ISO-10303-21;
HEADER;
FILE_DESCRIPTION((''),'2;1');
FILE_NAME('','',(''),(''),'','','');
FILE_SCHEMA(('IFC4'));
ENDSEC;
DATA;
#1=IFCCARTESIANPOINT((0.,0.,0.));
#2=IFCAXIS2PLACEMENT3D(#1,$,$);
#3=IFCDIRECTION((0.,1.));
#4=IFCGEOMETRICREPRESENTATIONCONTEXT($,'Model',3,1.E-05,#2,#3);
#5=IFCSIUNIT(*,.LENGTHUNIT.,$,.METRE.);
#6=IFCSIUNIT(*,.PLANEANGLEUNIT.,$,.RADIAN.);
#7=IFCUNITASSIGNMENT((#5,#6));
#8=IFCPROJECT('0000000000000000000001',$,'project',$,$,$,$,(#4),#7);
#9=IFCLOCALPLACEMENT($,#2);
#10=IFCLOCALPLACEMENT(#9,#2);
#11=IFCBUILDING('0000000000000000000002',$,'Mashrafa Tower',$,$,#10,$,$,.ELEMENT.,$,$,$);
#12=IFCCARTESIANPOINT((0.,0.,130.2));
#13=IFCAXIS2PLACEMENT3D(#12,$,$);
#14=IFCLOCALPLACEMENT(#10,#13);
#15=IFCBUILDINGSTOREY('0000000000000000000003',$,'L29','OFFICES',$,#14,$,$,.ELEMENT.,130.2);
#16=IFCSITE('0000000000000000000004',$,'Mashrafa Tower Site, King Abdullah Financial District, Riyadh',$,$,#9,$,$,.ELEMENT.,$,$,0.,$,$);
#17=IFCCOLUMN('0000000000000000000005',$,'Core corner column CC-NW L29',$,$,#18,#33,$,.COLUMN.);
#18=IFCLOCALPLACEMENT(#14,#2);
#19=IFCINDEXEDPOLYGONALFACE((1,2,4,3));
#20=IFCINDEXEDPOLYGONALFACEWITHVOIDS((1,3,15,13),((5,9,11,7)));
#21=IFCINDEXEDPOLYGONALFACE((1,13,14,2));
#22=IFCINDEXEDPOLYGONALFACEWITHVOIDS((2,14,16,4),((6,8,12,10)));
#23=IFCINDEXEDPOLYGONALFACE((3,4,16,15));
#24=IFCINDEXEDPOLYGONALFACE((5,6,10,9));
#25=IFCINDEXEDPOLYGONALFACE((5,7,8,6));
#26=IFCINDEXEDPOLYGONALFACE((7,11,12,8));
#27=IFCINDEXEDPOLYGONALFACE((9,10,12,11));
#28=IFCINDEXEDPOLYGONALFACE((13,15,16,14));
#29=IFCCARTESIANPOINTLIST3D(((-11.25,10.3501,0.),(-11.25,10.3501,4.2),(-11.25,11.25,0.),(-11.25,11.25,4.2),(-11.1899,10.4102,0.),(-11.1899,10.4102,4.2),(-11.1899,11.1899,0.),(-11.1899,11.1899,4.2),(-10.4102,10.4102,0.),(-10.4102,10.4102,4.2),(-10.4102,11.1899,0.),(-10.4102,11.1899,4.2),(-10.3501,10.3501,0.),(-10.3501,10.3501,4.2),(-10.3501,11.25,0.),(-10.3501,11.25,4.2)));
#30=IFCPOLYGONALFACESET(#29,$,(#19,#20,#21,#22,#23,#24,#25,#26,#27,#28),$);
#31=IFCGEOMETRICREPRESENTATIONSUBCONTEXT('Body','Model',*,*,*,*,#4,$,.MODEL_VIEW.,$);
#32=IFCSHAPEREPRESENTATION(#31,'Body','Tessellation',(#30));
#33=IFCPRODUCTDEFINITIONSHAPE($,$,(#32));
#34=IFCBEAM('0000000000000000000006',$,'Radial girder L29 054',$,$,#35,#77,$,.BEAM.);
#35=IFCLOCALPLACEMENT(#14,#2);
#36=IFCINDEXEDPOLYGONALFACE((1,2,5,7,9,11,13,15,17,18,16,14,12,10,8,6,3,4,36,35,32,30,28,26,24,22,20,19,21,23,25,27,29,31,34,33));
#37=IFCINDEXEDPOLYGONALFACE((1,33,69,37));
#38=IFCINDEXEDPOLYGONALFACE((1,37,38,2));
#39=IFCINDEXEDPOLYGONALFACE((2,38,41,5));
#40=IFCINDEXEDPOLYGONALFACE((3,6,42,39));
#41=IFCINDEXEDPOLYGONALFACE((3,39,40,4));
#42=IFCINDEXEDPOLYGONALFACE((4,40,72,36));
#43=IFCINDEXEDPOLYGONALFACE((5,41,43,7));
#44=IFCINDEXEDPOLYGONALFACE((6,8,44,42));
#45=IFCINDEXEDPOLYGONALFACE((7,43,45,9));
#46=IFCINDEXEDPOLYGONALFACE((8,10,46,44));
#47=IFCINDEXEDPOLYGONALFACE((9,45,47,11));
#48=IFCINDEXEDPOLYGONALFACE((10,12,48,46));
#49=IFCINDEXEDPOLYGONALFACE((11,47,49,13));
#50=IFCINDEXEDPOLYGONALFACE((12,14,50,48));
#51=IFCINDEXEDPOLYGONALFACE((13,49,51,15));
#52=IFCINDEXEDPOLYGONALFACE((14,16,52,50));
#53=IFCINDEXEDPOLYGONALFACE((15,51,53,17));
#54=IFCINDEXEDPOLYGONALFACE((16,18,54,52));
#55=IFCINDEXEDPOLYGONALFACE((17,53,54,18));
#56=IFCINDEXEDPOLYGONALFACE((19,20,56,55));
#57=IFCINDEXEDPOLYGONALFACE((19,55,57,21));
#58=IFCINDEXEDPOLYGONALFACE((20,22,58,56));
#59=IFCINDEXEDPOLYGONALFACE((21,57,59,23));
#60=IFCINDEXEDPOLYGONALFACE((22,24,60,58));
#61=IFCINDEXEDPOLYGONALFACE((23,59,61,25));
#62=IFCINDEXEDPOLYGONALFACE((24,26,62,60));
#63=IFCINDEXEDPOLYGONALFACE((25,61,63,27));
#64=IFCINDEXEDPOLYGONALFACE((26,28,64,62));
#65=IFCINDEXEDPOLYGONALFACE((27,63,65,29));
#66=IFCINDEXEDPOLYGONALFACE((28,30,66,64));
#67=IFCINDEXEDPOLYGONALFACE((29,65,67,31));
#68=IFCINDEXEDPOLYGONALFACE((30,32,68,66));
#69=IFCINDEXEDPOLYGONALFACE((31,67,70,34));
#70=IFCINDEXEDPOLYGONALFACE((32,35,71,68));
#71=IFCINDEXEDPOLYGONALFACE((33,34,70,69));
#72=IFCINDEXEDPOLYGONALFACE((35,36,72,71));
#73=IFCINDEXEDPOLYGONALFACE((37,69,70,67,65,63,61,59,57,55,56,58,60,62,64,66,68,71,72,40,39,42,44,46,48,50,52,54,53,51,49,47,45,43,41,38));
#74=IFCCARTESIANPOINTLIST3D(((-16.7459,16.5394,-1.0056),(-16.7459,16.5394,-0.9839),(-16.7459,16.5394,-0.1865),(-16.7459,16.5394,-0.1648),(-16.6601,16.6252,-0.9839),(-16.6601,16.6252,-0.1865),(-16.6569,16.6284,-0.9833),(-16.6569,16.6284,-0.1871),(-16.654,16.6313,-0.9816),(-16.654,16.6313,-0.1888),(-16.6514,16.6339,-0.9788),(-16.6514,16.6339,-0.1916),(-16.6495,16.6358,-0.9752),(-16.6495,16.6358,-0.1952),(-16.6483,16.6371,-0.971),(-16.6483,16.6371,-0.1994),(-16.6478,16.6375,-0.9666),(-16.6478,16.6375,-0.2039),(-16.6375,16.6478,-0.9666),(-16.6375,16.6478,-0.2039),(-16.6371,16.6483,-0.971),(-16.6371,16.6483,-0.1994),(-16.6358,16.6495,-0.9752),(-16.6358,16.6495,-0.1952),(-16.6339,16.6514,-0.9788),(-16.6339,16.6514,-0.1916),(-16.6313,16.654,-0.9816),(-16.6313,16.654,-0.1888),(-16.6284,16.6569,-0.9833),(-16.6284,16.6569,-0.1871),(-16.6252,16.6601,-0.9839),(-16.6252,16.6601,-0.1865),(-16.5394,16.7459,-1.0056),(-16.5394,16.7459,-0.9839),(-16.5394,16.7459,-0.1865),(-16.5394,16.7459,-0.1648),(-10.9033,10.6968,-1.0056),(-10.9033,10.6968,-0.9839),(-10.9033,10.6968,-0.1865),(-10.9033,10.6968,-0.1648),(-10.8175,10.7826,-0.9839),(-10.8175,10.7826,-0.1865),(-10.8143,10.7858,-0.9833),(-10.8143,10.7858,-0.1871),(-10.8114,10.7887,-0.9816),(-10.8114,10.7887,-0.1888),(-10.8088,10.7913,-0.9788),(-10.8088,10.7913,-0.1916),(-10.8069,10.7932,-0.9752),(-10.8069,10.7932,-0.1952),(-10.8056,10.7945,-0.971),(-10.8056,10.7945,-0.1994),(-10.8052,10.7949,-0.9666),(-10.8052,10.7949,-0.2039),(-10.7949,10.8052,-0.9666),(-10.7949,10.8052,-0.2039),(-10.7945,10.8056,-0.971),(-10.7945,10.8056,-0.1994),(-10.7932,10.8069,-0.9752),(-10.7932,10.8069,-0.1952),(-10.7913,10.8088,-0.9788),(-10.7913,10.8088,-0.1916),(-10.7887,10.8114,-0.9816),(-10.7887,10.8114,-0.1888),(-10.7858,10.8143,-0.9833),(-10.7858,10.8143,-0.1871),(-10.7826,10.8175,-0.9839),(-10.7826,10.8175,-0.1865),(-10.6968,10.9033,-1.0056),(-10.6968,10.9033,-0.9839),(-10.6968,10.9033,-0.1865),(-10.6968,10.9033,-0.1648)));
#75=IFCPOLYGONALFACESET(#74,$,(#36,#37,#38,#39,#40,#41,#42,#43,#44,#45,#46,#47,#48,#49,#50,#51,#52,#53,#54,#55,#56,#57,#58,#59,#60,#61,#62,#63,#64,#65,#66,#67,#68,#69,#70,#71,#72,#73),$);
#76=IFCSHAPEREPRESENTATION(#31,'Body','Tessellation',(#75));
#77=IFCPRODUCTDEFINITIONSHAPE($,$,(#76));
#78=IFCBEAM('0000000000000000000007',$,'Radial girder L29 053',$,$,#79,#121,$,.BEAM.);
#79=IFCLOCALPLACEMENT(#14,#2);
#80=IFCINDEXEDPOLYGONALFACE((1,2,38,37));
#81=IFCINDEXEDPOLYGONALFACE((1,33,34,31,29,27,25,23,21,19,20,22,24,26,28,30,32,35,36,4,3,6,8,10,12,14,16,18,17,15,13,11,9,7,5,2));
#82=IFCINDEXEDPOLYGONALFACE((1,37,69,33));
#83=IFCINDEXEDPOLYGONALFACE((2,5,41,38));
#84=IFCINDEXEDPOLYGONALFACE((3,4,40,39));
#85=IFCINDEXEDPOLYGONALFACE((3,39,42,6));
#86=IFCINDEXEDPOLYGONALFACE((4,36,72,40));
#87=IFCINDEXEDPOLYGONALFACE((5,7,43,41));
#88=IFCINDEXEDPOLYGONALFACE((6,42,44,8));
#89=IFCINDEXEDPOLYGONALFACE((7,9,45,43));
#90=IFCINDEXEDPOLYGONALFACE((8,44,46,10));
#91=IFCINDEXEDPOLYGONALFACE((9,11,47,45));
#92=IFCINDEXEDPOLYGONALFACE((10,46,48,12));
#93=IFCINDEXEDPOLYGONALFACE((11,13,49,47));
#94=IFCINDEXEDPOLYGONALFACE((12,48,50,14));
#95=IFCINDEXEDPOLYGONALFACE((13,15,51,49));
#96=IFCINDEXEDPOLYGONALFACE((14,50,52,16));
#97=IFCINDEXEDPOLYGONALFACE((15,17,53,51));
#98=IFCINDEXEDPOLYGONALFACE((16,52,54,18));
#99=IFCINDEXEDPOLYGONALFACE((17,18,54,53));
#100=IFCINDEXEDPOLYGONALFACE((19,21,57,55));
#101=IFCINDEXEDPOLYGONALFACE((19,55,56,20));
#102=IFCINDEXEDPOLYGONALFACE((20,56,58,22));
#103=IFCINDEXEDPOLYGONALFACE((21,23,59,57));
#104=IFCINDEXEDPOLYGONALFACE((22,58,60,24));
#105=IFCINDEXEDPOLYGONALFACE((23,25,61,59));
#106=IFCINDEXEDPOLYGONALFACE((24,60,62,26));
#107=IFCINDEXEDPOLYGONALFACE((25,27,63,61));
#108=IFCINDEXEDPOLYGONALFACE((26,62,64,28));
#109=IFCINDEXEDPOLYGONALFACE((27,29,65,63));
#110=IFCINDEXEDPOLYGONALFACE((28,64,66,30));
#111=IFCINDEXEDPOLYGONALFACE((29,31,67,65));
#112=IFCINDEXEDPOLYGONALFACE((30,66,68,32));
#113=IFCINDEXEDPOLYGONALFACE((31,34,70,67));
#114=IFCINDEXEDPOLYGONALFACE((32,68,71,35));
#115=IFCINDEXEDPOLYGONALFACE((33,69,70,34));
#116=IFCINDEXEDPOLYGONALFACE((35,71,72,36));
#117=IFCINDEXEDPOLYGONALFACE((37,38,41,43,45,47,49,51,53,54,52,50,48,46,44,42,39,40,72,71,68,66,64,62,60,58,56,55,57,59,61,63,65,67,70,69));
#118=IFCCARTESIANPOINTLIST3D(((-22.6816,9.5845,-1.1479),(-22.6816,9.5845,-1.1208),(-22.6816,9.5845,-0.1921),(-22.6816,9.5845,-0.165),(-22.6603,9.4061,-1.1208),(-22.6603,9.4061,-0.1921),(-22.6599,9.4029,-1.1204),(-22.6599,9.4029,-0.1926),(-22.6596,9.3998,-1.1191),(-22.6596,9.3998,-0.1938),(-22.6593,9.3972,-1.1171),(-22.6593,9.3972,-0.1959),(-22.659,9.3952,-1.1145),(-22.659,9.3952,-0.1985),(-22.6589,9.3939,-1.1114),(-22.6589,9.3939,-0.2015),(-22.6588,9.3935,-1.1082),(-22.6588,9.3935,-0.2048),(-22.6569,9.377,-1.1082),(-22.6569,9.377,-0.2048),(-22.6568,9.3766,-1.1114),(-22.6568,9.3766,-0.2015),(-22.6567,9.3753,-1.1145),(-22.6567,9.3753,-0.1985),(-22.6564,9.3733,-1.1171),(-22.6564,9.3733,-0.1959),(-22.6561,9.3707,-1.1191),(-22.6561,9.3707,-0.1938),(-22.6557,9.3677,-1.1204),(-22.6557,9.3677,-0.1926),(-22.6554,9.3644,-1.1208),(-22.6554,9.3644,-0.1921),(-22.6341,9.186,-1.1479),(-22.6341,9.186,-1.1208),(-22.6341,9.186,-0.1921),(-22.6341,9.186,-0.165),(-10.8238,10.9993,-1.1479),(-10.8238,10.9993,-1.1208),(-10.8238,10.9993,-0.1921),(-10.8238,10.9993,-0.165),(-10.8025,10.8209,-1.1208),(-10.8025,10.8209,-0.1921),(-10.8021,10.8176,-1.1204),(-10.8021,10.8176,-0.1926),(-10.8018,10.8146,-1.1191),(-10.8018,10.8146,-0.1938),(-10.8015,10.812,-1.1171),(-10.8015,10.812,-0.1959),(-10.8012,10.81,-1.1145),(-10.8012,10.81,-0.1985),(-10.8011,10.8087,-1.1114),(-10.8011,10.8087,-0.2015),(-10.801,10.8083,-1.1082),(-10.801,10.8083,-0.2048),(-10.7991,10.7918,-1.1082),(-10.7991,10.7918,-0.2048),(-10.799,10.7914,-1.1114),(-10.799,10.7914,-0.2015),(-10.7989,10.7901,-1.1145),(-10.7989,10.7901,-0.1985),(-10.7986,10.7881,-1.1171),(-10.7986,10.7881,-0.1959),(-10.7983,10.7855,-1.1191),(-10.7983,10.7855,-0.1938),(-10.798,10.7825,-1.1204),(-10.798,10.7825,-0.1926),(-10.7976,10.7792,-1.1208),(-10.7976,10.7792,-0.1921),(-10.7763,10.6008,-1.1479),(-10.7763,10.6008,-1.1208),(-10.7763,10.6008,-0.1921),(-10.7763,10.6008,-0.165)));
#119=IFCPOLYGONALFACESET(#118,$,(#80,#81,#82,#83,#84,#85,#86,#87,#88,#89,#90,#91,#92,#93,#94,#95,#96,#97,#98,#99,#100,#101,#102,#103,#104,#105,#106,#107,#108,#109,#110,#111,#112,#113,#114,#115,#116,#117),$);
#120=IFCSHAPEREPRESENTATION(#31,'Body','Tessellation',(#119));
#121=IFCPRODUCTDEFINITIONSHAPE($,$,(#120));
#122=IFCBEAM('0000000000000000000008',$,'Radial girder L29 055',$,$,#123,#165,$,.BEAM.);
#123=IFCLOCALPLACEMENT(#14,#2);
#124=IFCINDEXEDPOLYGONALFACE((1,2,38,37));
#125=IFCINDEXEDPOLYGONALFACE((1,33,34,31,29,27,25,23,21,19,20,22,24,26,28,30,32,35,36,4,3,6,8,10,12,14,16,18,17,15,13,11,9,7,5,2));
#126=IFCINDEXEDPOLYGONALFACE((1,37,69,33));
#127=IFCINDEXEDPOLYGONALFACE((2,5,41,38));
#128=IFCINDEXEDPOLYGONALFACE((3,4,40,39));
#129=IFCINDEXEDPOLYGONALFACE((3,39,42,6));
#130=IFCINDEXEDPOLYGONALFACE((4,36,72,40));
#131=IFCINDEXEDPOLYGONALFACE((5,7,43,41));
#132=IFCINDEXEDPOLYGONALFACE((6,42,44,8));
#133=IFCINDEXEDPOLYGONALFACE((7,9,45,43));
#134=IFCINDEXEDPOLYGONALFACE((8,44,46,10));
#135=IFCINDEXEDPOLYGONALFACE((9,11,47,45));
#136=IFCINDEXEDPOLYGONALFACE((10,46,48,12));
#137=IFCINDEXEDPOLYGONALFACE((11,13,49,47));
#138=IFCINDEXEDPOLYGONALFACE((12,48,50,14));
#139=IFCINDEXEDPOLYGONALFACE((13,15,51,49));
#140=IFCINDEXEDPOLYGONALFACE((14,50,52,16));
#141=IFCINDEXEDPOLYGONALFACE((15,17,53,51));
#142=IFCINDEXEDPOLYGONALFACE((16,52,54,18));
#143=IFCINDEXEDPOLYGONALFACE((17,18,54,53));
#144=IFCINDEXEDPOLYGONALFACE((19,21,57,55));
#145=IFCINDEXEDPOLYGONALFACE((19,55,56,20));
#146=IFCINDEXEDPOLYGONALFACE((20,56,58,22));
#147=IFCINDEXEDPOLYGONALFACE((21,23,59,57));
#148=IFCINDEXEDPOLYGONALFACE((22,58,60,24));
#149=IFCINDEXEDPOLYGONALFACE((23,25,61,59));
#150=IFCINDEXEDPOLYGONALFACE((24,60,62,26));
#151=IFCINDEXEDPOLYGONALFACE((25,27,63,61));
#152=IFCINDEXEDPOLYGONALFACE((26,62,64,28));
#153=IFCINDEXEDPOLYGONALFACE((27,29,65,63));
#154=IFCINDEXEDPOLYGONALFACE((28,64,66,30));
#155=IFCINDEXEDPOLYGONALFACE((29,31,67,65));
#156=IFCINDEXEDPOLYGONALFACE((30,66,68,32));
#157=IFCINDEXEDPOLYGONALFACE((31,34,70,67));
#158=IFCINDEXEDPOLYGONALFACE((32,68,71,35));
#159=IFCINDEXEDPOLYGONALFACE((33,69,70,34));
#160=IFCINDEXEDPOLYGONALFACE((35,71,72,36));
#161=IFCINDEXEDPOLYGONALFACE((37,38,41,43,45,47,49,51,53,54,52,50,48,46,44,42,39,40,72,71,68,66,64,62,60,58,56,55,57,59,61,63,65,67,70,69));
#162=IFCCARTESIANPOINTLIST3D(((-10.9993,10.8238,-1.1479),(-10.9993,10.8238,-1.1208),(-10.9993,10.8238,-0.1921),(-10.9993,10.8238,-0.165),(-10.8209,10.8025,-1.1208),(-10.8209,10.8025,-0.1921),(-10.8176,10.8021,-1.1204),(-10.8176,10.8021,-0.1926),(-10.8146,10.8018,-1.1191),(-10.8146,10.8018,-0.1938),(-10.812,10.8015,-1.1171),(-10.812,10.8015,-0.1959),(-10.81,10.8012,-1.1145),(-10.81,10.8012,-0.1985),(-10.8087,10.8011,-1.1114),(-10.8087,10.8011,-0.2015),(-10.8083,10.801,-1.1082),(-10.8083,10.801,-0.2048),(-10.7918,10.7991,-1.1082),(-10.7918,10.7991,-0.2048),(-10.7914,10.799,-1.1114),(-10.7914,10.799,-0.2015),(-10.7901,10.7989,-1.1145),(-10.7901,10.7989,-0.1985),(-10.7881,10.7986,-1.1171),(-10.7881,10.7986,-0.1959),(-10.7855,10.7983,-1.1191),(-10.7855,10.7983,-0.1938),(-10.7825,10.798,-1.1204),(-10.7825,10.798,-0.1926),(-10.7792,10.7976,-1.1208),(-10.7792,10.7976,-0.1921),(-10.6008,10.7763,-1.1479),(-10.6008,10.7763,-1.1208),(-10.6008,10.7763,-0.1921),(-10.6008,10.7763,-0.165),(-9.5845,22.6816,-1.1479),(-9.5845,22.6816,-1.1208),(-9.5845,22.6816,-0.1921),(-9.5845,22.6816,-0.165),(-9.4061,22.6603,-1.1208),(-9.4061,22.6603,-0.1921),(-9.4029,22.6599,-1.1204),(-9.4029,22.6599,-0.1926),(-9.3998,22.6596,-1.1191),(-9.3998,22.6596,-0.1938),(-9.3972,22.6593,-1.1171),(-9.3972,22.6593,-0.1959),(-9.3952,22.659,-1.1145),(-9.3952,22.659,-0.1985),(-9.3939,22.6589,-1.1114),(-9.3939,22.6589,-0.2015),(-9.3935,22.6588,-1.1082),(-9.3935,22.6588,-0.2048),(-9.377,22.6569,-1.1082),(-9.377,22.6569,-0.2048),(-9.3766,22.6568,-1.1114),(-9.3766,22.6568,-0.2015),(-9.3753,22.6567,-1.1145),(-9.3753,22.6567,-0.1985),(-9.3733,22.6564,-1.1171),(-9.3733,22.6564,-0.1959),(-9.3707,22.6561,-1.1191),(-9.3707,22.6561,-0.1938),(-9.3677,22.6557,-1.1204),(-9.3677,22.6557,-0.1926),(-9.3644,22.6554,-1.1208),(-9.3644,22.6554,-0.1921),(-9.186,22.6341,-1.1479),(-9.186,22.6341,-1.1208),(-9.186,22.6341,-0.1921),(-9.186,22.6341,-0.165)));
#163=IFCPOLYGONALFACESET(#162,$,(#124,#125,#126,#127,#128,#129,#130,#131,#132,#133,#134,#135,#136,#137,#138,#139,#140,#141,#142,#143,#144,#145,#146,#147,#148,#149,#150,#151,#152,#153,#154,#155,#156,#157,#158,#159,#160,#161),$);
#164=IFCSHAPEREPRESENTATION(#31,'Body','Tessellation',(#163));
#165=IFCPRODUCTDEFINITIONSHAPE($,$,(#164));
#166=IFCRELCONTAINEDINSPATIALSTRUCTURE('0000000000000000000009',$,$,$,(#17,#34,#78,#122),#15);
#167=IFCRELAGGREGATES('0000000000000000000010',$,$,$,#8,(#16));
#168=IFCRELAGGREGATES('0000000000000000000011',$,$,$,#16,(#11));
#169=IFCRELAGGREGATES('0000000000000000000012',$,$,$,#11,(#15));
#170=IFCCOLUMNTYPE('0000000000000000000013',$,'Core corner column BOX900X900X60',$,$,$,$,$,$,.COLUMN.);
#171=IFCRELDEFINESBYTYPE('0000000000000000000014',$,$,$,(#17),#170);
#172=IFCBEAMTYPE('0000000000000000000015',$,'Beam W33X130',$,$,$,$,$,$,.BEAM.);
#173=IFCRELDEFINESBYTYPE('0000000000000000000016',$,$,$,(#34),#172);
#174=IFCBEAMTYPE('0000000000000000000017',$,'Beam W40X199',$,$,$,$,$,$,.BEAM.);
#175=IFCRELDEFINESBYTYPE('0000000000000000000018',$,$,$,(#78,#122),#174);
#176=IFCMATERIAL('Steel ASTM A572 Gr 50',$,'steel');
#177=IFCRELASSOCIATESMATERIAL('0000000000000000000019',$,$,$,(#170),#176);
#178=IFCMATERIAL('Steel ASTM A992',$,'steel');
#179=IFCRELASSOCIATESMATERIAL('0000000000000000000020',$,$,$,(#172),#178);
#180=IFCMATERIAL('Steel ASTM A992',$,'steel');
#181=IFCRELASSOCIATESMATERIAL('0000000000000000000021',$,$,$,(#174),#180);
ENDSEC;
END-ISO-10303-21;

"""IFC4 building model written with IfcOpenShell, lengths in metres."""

from ifc_helpers import new_model, si_unit, direction, frame, origin, origin_2d, place, context, subcontext, project, spatial, hollow_rectangle, i_section, extrude, material, material_profile, profile_set, type_object, element, save


model = new_model("IFC4")

# Units and contexts
model_context = context("Model", 3, precision=1e-05, world=origin(), true_north=direction((0.0, 1.0)))
body_context = subcontext(model_context, "Body", "Model", "MODEL_VIEW")
ifc_project = project(units=[si_unit("LENGTHUNIT", "METRE"), si_unit("PLANEANGLEUNIT", "RADIAN")], contexts=[model_context])

# Site, building, storey
site_placement = place(None, origin())
site = spatial("IfcSite", under=ifc_project, at=site_placement, Name="Mashrafa Tower Site, King Abdullah Financial District, Riyadh", CompositionType="ELEMENT", RefElevation=0.0)
building_placement = place(site_placement, origin())
building = spatial("IfcBuilding", under=site, at=building_placement, Name="Mashrafa Tower", CompositionType="ELEMENT")
storey_placement = place(building_placement, frame((0.0, 0.0, 130.2)))
storey = spatial("IfcBuildingStorey", under=building, at=storey_placement, Name="L29", Description="OFFICES", CompositionType="ELEMENT", Elevation=130.2)

# Column
ifc_material_1 = material(Name="Steel ASTM A572 Gr 50", Category="steel")
ifc_material_profile_1 = material_profile(ifc_material_1, hollow_rectangle(XDim=0.8999, YDim=0.8999, WallThickness=0.0601, at=origin_2d()), Name="BOX900X900X60")
ifc_profile_set_1 = profile_set([ifc_material_profile_1], Name="Steel ASTM A572 Gr 50")
column_type = type_object("IfcColumnType", Name="Core corner column BOX900X900X60", PredefinedType="COLUMN", material=ifc_profile_set_1)
column_placement = place(storey_placement, frame((-10.8, 10.8, 0.0), z_axis=(0.0, 0.0, 1.0), x_axis=(1.0, 0.0, 0.0)))
element("IfcColumn", 1, at=column_placement, inside=storey, type_object=column_type, Name="Core corner column CC-NW L29", PredefinedType="COLUMN", context=body_context, shape_type="SweptSolid", body=[
    extrude(hollow_rectangle(XDim=0.8999, YDim=0.8999, WallThickness=0.0601, at=origin_2d()), origin(), (0.0, 0.0, 1.0), 4.2),
])

# Beams
ifc_material_2 = material(Name="Steel ASTM A992", Category="steel")
ifc_material_profile_2 = material_profile(ifc_material_2, i_section(OverallWidth=0.292, OverallDepth=0.8408, WebThickness=0.0146, FlangeThickness=0.0217, FilletRadius=0.0173, at=origin_2d()), Name="W33X130")
ifc_profile_set_2 = profile_set([ifc_material_profile_2], Name="Steel ASTM A992")
beam_type_1 = type_object("IfcBeamType", Name="Beam W33X130", PredefinedType="BEAM", material=ifc_profile_set_2)
beam_placement = place(storey_placement, frame((-10.8, 10.8, -0.5852), z_axis=(-0.707107, 0.707107, 0.0), x_axis=(-0.707107, -0.707107, 0.0)))
element("IfcBeam", 2, at=beam_placement, inside=storey, type_object=beam_type_1, Name="Radial girder L29 054", PredefinedType="BEAM", context=body_context, shape_type="SweptSolid", body=[
    extrude(i_section(OverallWidth=0.292, OverallDepth=0.8408, WebThickness=0.0146, FlangeThickness=0.0217, FilletRadius=0.0173, at=origin_2d()), origin(), (0.0, 0.0, 1.0), 8.2627),
])
ifc_material_3 = material(Name="Steel ASTM A992", Category="steel")
ifc_material_profile_3 = material_profile(ifc_material_3, i_section(OverallWidth=0.4014, OverallDepth=0.9829, WebThickness=0.0166, FlangeThickness=0.0271, FilletRadius=0.0127, at=origin_2d()), Name="W40X199")
ifc_profile_set_3 = profile_set([ifc_material_profile_3], Name="Steel ASTM A992")
beam_type_2 = type_object("IfcBeamType", Name="Beam W40X199", PredefinedType="BEAM", material=ifc_profile_set_3)
for number, where, z_axis, x_axis, name in (
    (3, (-10.8, 10.8, -0.6565), (-0.992957, -0.118472, 0.0), (0.118472, -0.992957, 0.0), "Radial girder L29 053"),
    (4, (-10.8, 10.8, -0.6565), (0.118472, 0.992957, 0.0), (-0.992957, 0.118472, 0.0), "Radial girder L29 055"),
):
    element("IfcBeam", number, at=place(storey_placement, frame(where, z_axis=z_axis, x_axis=x_axis)), inside=storey, type_object=beam_type_2, Name=name, PredefinedType="BEAM", context=body_context, shape_type="SweptSolid", body=[
        extrude(i_section(OverallWidth=0.4014, OverallDepth=0.9829, WebThickness=0.0166, FlangeThickness=0.0271, FilletRadius=0.0127, at=origin_2d()), origin(), (0.0, 0.0, 1.0), 11.9419),
    ])

save(model, "model.ifc")
